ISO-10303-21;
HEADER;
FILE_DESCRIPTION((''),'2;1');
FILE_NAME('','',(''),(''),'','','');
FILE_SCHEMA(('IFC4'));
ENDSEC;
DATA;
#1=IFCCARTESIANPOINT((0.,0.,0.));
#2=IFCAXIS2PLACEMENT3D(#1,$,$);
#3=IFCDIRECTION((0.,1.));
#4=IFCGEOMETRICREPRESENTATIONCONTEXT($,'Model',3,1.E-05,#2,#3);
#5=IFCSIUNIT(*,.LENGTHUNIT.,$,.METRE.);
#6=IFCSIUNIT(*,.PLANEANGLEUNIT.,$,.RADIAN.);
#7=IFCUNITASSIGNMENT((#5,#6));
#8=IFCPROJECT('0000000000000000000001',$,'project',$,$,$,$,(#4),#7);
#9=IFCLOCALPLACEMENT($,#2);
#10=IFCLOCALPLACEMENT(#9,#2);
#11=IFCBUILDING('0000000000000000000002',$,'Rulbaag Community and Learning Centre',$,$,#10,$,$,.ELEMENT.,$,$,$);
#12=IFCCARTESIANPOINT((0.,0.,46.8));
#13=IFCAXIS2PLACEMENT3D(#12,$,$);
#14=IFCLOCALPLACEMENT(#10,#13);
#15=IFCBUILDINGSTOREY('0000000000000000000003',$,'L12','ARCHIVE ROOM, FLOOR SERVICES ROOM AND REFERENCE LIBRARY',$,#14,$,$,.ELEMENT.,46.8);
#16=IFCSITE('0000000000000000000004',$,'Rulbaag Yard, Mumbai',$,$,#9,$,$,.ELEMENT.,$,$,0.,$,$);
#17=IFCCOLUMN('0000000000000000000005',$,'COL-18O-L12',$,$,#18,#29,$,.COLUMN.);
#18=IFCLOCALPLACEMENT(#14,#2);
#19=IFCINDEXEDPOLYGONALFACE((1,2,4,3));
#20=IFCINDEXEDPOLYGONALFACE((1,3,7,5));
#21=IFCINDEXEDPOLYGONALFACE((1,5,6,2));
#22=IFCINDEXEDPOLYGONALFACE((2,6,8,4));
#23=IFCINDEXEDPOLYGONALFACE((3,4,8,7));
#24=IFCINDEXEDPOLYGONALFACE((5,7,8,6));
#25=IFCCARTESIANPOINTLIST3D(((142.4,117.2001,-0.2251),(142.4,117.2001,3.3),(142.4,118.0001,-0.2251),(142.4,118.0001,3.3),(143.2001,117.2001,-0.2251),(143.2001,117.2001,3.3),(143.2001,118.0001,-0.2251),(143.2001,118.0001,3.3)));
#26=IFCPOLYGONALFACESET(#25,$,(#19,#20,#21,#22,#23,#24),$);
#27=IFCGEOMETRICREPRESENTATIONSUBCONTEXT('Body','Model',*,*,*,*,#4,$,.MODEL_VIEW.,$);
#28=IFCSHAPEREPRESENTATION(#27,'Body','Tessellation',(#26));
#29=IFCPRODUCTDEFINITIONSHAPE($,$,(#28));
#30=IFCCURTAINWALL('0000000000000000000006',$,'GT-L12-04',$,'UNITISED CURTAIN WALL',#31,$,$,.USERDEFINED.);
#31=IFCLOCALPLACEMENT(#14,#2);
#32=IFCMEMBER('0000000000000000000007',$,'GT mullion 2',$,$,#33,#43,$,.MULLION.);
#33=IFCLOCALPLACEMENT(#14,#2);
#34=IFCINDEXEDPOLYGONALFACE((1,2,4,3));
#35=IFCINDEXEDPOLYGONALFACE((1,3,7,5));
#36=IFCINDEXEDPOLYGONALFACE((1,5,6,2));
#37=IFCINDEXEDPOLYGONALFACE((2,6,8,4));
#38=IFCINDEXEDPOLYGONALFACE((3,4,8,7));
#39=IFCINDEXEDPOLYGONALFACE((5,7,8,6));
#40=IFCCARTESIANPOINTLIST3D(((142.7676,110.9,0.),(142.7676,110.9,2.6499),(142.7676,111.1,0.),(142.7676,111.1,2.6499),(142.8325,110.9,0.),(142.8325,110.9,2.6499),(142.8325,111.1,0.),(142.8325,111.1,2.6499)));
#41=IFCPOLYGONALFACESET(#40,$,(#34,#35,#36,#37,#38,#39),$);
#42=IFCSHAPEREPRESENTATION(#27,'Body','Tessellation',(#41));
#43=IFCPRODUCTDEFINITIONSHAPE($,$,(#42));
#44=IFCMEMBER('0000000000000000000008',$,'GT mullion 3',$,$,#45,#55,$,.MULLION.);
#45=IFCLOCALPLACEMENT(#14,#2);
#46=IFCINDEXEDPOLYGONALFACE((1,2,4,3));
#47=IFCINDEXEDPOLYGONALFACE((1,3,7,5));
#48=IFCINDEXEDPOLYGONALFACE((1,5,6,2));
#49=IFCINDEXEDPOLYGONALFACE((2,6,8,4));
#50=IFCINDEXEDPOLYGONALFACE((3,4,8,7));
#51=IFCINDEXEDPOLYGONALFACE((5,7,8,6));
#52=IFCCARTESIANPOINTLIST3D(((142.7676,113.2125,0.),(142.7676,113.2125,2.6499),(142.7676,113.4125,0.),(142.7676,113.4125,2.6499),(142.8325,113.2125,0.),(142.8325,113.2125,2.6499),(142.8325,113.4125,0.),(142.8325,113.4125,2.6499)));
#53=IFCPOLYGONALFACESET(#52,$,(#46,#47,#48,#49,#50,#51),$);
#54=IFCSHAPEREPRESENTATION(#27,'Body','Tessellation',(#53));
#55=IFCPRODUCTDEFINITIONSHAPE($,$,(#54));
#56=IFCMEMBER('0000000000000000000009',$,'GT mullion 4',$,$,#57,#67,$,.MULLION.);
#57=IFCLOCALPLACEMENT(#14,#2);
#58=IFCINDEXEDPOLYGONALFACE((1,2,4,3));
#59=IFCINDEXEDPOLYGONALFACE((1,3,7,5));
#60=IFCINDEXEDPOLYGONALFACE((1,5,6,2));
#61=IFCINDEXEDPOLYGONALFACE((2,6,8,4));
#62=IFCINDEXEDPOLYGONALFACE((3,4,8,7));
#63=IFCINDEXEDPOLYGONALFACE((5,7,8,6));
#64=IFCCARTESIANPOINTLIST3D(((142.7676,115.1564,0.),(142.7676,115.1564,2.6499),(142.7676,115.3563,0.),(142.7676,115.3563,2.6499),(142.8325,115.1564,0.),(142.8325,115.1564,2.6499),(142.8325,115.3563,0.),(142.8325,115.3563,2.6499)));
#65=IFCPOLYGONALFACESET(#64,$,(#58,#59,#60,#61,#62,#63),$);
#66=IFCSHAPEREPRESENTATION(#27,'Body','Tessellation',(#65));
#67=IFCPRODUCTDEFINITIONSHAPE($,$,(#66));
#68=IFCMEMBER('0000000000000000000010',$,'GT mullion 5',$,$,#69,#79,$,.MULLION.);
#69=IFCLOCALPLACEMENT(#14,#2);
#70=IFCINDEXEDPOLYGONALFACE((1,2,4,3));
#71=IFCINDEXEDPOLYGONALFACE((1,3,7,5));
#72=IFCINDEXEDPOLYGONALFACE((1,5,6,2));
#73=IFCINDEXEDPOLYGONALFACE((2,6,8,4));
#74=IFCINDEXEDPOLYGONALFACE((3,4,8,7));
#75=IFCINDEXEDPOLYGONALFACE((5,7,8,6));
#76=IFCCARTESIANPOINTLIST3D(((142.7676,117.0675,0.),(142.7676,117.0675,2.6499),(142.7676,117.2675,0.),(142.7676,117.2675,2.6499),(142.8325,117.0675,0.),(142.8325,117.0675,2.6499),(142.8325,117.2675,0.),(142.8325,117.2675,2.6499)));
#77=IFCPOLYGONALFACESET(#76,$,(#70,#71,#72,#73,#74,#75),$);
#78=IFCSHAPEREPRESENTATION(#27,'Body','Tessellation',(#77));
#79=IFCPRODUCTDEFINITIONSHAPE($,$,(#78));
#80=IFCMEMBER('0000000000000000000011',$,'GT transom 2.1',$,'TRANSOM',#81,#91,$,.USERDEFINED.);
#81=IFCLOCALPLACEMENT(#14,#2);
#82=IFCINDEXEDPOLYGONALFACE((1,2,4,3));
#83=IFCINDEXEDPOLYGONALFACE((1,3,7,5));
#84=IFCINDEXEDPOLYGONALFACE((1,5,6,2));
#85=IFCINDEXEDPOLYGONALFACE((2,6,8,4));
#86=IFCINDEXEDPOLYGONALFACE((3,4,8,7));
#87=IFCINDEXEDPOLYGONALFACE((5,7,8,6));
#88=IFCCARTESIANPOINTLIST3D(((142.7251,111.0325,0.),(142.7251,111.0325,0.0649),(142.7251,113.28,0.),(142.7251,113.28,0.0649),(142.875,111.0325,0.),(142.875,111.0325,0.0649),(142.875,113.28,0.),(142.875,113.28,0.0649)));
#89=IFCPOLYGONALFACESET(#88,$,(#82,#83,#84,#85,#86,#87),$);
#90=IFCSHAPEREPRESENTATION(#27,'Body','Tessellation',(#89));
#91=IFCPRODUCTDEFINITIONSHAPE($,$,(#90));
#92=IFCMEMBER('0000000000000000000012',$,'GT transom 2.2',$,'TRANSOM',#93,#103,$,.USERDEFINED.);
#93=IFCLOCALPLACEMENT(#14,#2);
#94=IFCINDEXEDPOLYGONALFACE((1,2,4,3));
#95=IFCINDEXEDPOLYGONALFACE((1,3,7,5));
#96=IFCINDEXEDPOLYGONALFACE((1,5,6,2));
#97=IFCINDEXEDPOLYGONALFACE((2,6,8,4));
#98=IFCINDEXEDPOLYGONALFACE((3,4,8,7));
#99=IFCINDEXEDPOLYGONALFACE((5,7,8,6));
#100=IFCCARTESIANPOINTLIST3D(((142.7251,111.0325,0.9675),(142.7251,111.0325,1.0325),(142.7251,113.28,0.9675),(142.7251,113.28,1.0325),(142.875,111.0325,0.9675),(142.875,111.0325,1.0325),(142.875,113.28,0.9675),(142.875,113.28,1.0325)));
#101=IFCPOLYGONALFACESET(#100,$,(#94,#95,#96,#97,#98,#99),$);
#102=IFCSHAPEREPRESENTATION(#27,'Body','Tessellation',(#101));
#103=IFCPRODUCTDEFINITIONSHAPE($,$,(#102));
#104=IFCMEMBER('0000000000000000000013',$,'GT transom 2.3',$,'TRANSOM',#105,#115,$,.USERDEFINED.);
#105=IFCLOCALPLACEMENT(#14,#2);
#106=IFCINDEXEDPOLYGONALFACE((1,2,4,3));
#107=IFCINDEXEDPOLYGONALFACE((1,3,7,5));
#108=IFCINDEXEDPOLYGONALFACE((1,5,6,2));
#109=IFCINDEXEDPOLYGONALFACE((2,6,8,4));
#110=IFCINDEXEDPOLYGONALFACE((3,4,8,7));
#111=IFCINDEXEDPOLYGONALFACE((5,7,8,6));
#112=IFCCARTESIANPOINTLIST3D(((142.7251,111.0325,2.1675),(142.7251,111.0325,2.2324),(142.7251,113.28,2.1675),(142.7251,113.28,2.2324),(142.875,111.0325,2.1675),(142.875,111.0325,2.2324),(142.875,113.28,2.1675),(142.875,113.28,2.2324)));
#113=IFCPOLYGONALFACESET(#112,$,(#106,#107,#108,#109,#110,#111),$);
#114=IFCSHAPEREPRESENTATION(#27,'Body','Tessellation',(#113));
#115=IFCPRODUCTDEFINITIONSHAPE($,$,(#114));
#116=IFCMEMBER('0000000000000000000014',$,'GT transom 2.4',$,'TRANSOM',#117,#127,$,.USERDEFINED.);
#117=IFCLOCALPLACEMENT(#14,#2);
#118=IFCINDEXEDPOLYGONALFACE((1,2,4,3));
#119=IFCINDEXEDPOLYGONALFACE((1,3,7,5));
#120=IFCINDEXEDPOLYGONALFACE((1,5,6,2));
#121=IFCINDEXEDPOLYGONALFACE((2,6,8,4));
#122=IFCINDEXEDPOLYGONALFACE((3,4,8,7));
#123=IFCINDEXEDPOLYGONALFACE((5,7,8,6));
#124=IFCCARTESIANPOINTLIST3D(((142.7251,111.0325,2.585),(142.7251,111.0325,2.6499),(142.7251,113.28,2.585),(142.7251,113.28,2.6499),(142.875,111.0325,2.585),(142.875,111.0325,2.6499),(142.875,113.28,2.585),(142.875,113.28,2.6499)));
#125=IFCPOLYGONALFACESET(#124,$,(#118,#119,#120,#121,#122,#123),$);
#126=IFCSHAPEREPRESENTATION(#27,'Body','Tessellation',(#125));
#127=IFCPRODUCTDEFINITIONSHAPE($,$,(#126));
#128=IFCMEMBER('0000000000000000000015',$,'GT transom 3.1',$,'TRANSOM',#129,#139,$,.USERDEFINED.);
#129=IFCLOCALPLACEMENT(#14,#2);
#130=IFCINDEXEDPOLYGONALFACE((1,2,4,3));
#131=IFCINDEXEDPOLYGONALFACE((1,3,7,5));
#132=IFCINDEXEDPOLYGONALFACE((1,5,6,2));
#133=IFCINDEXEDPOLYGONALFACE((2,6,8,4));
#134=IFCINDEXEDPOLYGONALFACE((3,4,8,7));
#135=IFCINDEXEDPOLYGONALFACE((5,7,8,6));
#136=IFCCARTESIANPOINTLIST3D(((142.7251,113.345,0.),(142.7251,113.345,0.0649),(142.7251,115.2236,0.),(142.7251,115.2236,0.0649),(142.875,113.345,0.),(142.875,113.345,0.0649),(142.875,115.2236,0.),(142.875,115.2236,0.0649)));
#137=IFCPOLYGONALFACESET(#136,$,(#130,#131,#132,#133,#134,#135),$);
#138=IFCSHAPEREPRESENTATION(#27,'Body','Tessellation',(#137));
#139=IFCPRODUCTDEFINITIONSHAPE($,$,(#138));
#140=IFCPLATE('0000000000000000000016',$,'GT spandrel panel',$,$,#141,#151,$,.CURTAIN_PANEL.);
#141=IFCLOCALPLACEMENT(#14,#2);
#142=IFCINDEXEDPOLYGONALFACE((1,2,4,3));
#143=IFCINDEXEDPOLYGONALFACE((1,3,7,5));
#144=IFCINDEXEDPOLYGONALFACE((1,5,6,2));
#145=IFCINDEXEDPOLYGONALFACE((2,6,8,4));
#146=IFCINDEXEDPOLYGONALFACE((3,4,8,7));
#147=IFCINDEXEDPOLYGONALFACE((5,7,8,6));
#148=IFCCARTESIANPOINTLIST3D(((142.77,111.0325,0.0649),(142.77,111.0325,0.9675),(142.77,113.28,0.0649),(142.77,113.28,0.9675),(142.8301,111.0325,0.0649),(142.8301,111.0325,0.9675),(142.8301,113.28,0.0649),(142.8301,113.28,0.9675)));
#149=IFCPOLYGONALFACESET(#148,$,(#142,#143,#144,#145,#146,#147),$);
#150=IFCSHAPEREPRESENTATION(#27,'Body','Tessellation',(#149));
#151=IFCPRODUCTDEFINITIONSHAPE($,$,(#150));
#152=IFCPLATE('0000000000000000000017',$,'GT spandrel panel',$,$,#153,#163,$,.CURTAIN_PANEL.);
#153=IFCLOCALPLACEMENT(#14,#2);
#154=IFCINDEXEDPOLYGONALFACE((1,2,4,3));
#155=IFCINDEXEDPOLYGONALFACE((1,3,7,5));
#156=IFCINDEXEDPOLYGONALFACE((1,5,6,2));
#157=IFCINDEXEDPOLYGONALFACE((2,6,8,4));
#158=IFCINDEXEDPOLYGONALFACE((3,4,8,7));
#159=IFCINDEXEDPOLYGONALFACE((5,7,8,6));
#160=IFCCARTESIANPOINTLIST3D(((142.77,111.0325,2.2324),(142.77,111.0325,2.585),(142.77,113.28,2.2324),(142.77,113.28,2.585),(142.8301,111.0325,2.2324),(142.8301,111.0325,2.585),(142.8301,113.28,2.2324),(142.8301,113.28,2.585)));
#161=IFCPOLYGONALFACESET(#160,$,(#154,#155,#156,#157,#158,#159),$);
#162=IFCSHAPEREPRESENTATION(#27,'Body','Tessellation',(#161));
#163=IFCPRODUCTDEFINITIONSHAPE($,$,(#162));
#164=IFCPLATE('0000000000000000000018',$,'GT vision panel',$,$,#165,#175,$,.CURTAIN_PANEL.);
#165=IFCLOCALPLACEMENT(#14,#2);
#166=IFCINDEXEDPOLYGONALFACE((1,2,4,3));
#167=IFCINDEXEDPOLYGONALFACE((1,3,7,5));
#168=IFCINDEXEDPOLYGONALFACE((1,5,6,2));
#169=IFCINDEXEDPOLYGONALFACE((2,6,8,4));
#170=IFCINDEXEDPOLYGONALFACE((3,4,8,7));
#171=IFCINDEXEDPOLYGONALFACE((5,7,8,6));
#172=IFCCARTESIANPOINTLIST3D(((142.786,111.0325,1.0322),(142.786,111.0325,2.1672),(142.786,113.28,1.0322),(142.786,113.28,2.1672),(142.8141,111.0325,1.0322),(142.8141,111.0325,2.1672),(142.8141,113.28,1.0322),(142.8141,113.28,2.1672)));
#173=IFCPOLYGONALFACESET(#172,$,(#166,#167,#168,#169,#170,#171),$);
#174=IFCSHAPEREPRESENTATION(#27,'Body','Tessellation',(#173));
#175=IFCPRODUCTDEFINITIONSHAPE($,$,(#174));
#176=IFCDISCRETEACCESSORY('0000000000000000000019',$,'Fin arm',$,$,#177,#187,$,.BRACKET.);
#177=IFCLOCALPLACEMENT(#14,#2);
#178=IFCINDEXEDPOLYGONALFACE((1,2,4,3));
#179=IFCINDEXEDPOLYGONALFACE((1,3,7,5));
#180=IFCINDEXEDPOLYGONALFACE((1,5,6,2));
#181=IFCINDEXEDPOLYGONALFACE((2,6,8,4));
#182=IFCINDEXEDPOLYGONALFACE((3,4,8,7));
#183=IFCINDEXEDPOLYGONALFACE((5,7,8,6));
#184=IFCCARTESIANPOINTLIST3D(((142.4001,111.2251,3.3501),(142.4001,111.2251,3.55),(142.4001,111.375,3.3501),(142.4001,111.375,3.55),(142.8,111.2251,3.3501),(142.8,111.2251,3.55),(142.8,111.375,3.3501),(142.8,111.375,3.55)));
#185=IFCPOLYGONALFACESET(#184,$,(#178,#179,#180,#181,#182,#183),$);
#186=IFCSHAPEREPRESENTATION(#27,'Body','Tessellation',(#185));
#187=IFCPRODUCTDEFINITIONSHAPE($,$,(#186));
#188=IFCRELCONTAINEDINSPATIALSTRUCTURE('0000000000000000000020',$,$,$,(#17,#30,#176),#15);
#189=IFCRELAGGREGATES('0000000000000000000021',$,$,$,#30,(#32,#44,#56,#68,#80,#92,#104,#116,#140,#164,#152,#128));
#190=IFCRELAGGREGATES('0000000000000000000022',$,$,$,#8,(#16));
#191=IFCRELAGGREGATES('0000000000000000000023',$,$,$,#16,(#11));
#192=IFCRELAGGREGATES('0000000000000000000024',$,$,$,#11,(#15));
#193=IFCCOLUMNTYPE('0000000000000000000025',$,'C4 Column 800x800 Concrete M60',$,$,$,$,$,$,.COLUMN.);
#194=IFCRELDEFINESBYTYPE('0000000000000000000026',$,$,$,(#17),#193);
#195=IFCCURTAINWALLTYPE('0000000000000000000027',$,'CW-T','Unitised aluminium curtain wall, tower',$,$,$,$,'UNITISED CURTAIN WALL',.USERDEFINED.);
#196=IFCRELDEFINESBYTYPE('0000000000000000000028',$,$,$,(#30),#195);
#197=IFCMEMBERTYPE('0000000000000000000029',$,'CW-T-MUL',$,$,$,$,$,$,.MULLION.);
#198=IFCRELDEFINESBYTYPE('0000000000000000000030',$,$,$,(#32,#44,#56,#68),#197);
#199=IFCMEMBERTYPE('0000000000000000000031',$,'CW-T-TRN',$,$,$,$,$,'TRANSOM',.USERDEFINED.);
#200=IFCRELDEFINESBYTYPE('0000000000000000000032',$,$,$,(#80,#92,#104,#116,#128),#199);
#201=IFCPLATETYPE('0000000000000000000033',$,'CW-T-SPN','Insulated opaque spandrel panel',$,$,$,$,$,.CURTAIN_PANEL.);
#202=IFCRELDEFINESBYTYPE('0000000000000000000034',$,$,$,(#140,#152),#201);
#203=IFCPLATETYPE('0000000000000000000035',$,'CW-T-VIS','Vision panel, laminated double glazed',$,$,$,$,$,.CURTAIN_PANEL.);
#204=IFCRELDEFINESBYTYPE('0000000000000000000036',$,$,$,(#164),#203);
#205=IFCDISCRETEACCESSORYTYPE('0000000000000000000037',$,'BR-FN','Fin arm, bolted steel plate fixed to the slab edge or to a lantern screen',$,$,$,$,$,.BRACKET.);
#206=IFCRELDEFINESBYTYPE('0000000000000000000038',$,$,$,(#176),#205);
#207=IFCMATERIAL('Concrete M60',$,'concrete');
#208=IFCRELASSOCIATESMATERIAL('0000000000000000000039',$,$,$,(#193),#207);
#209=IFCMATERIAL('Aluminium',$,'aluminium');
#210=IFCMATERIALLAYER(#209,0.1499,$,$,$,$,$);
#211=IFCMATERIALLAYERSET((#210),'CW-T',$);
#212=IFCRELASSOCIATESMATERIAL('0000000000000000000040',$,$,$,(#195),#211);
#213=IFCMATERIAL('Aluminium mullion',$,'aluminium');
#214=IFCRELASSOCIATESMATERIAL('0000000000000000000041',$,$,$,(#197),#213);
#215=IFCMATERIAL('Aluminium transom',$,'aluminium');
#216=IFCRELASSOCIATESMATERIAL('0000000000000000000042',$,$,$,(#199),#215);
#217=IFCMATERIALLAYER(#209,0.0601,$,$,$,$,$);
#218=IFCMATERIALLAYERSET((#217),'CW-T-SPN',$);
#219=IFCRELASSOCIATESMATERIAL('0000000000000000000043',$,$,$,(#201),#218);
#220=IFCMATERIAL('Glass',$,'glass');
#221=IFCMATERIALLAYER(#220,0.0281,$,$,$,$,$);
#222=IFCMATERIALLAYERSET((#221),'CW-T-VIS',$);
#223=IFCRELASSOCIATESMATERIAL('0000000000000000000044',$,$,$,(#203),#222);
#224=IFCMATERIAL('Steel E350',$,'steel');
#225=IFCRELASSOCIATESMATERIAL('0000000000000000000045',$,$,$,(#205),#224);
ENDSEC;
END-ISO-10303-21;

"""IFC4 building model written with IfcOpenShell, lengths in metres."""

from ifc_helpers import new_model, si_unit, direction, frame, origin, origin_2d, place, context, subcontext, project, spatial, rectangle, extrude, material, layer, layer_set, material_profile, profile_set, type_object, element, aggregate, save


model = new_model("IFC4")

# Units and contexts
model_context = context("Model", 3, precision=1e-05, world=origin(), true_north=direction((0.0, 1.0)))
body_context = subcontext(model_context, "Body", "Model", "MODEL_VIEW")
ifc_project = project(units=[si_unit("LENGTHUNIT", "METRE"), si_unit("PLANEANGLEUNIT", "RADIAN")], contexts=[model_context])

# Site, building, storey
site_placement = place(None, origin())
site = spatial("IfcSite", under=ifc_project, at=site_placement, Name="Rulbaag Yard, Mumbai", CompositionType="ELEMENT", RefElevation=0.0)
building_placement = place(site_placement, origin())
building = spatial("IfcBuilding", under=site, at=building_placement, Name="Rulbaag Community and Learning Centre", CompositionType="ELEMENT")
storey_placement = place(building_placement, frame((0.0, 0.0, 46.8)))
storey = spatial("IfcBuildingStorey", under=building, at=storey_placement, Name="L12", Description="ARCHIVE ROOM, FLOOR SERVICES ROOM AND REFERENCE LIBRARY", CompositionType="ELEMENT", Elevation=46.8)

# Column
ifc_material_1 = material(Name="Concrete M60", Category="concrete")
ifc_material_profile_1 = material_profile(ifc_material_1, rectangle(XDim=0.8, YDim=0.8, at=origin_2d()), Name="RC800x800")
ifc_profile_set_1 = profile_set([ifc_material_profile_1], Name="Concrete M60")
column_type = type_object("IfcColumnType", Name="C4 Column 800x800 Concrete M60", PredefinedType="COLUMN", material=ifc_profile_set_1)
column_placement = place(storey_placement, frame((142.8, 117.6001, -0.2251), z_axis=(0.0, 0.0, 1.0), x_axis=(1.0, 0.0, 0.0)))
element("IfcColumn", 1, at=column_placement, inside=storey, type_object=column_type, Name="COL-18O-L12", PredefinedType="COLUMN", context=body_context, shape_type="SweptSolid", body=[
    extrude(rectangle(XDim=0.8, YDim=0.8, at=origin_2d()), origin(), (0.0, 0.0, 1.0), 3.5251),
])

# Curtain wall, members, plates
ifc_material_2 = material(Name="Aluminium", Category="aluminium")
ifc_layer_1 = layer(ifc_material_2, 0.1499)
ifc_layer_set_1 = layer_set([ifc_layer_1], Name="CW-T")
curtain_wall_type = type_object("IfcCurtainWallType", Name="CW-T", Description="Unitised aluminium curtain wall, tower", ElementType="UNITISED CURTAIN WALL", PredefinedType="USERDEFINED", material=ifc_layer_set_1)
curtain_wall_placement = place(storey_placement, origin())
curtain_wall = element("IfcCurtainWall", 2, at=curtain_wall_placement, inside=storey, type_object=curtain_wall_type, Name="GT-L12-04", ObjectType="UNITISED CURTAIN WALL", PredefinedType="USERDEFINED")
ifc_material_3 = material(Name="Aluminium mullion", Category="aluminium")
ifc_material_profile_2 = material_profile(ifc_material_3, rectangle(XDim=0.0649, YDim=0.2, at=origin_2d()), Name="AL 65x200")
ifc_profile_set_2 = profile_set([ifc_material_profile_2], Name="Aluminium mullion")
member_type_1 = type_object("IfcMemberType", Name="CW-T-MUL", PredefinedType="MULLION", material=ifc_profile_set_2)
member_1_placement = place(storey_placement, frame((142.8, 111.0, 0.0), z_axis=(0.0, 0.0, 1.0), x_axis=(-1.0, 0.0, 0.0)))
member_1 = element("IfcMember", 3, at=member_1_placement, type_object=member_type_1, Name="GT mullion 2", PredefinedType="MULLION", context=body_context, shape_type="SweptSolid", body=[
    extrude(rectangle(XDim=0.0649, YDim=0.2, at=origin_2d()), origin(), (0.0, 0.0, 1.0), 2.6499),
])
member_2_placement = place(storey_placement, frame((142.8, 113.3125, 0.0), z_axis=(0.0, 0.0, 1.0), x_axis=(-1.0, 0.0, 0.0)))
member_2 = element("IfcMember", 4, at=member_2_placement, type_object=member_type_1, Name="GT mullion 3", PredefinedType="MULLION", context=body_context, shape_type="SweptSolid", body=[
    extrude(rectangle(XDim=0.0649, YDim=0.2, at=origin_2d()), origin(), (0.0, 0.0, 1.0), 2.6499),
])
member_3_placement = place(storey_placement, frame((142.8, 115.2563, 0.0), z_axis=(0.0, 0.0, 1.0), x_axis=(-1.0, 0.0, 0.0)))
member_3 = element("IfcMember", 5, at=member_3_placement, type_object=member_type_1, Name="GT mullion 4", PredefinedType="MULLION", context=body_context, shape_type="SweptSolid", body=[
    extrude(rectangle(XDim=0.0649, YDim=0.2, at=origin_2d()), origin(), (0.0, 0.0, 1.0), 2.6499),
])
member_4_placement = place(storey_placement, frame((142.8, 117.1675, 0.0), z_axis=(0.0, 0.0, 1.0), x_axis=(-1.0, 0.0, 0.0)))
member_4 = element("IfcMember", 6, at=member_4_placement, type_object=member_type_1, Name="GT mullion 5", PredefinedType="MULLION", context=body_context, shape_type="SweptSolid", body=[
    extrude(rectangle(XDim=0.0649, YDim=0.2, at=origin_2d()), origin(), (0.0, 0.0, 1.0), 2.6499),
])
ifc_material_4 = material(Name="Aluminium transom", Category="aluminium")
ifc_material_profile_3 = material_profile(ifc_material_4, rectangle(XDim=0.1499, YDim=0.0649, at=origin_2d()), Name="AL 65x150 T")
ifc_profile_set_3 = profile_set([ifc_material_profile_3], Name="Aluminium transom")
member_type_2 = type_object("IfcMemberType", Name="CW-T-TRN", ElementType="TRANSOM", PredefinedType="USERDEFINED", material=ifc_profile_set_3)
member_5_placement = place(storey_placement, frame((142.8, 111.0325, 0.0325), z_axis=(0.0, 1.0, 0.0), x_axis=(-1.0, 0.0, 0.0)))
member_5 = element("IfcMember", 7, at=member_5_placement, type_object=member_type_2, Name="GT transom 2.1", ObjectType="TRANSOM", PredefinedType="USERDEFINED", context=body_context, shape_type="SweptSolid", body=[
    extrude(rectangle(XDim=0.1499, YDim=0.0649, at=origin_2d()), origin(), (0.0, 0.0, 1.0), 2.2476),
])
member_6_placement = place(storey_placement, frame((142.8, 111.0325, 1.0), z_axis=(0.0, 1.0, 0.0), x_axis=(-1.0, 0.0, 0.0)))
member_6 = element("IfcMember", 8, at=member_6_placement, type_object=member_type_2, Name="GT transom 2.2", ObjectType="TRANSOM", PredefinedType="USERDEFINED", context=body_context, shape_type="SweptSolid", body=[
    extrude(rectangle(XDim=0.1499, YDim=0.0649, at=origin_2d()), origin(), (0.0, 0.0, 1.0), 2.2476),
])
member_7_placement = place(storey_placement, frame((142.8, 111.0325, 2.2), z_axis=(0.0, 1.0, 0.0), x_axis=(-1.0, 0.0, 0.0)))
member_7 = element("IfcMember", 9, at=member_7_placement, type_object=member_type_2, Name="GT transom 2.3", ObjectType="TRANSOM", PredefinedType="USERDEFINED", context=body_context, shape_type="SweptSolid", body=[
    extrude(rectangle(XDim=0.1499, YDim=0.0649, at=origin_2d()), origin(), (0.0, 0.0, 1.0), 2.2476),
])
member_8_placement = place(storey_placement, frame((142.8, 111.0325, 2.6174), z_axis=(0.0, 1.0, 0.0), x_axis=(-1.0, 0.0, 0.0)))
member_8 = element("IfcMember", 10, at=member_8_placement, type_object=member_type_2, Name="GT transom 2.4", ObjectType="TRANSOM", PredefinedType="USERDEFINED", context=body_context, shape_type="SweptSolid", body=[
    extrude(rectangle(XDim=0.1499, YDim=0.0649, at=origin_2d()), origin(), (0.0, 0.0, 1.0), 2.2476),
])
member_9_placement = place(storey_placement, frame((142.8, 113.345, 0.0325), z_axis=(0.0, 1.0, 0.0), x_axis=(-1.0, 0.0, 0.0)))
member_9 = element("IfcMember", 11, at=member_9_placement, type_object=member_type_2, Name="GT transom 3.1", ObjectType="TRANSOM", PredefinedType="USERDEFINED", context=body_context, shape_type="SweptSolid", body=[
    extrude(rectangle(XDim=0.1499, YDim=0.0649, at=origin_2d()), origin(), (0.0, 0.0, 1.0), 1.8787),
])
ifc_layer_2 = layer(ifc_material_2, 0.0601)
ifc_layer_set_2 = layer_set([ifc_layer_2], Name="CW-T-SPN")
plate_type_1 = type_object("IfcPlateType", Name="CW-T-SPN", Description="Insulated opaque spandrel panel", PredefinedType="CURTAIN_PANEL", material=ifc_layer_set_2)
plate_1_placement = place(storey_placement, frame((142.8, 112.1562, 0.0649), z_axis=(0.0, 0.0, 1.0), x_axis=(0.0, 1.0, 0.0)))
plate_1 = element("IfcPlate", 12, at=plate_1_placement, type_object=plate_type_1, Name="GT spandrel panel", PredefinedType="CURTAIN_PANEL", context=body_context, shape_type="SweptSolid", body=[
    extrude(rectangle(XDim=2.2476, YDim=0.0601, at=origin_2d()), origin(), (0.0, 0.0, 1.0), 0.9026),
])
plate_2_placement = place(storey_placement, frame((142.8, 112.1562, 2.2324), z_axis=(0.0, 0.0, 1.0), x_axis=(0.0, 1.0, 0.0)))
plate_2 = element("IfcPlate", 13, at=plate_2_placement, type_object=plate_type_1, Name="GT spandrel panel", PredefinedType="CURTAIN_PANEL", context=body_context, shape_type="SweptSolid", body=[
    extrude(rectangle(XDim=2.2476, YDim=0.0601, at=origin_2d()), origin(), (0.0, 0.0, 1.0), 0.3525),
])
ifc_material_5 = material(Name="Glass", Category="glass")
ifc_layer_3 = layer(ifc_material_5, 0.0281)
ifc_layer_set_3 = layer_set([ifc_layer_3], Name="CW-T-VIS")
plate_type_2 = type_object("IfcPlateType", Name="CW-T-VIS", Description="Vision panel, laminated double glazed", PredefinedType="CURTAIN_PANEL", material=ifc_layer_set_3)
plate_3_placement = place(storey_placement, frame((142.8, 112.1562, 1.0322), z_axis=(0.0, 0.0, 1.0), x_axis=(0.0, 1.0, 0.0)))
plate_3 = element("IfcPlate", 14, at=plate_3_placement, type_object=plate_type_2, Name="GT vision panel", PredefinedType="CURTAIN_PANEL", context=body_context, shape_type="SweptSolid", body=[
    extrude(rectangle(XDim=2.2476, YDim=0.0281, at=origin_2d()), origin(), (0.0, 0.0, 1.0), 1.135),
])
aggregate(curtain_wall, [member_1, member_2, member_3, member_4, member_5, member_6, member_7, member_8, plate_1, plate_3, plate_2, member_9])

# Discrete accessory
ifc_material_6 = material(Name="Steel E350", Category="steel")
discrete_accessory_type = type_object("IfcDiscreteAccessoryType", Name="BR-FN", Description="Fin arm, bolted steel plate fixed to the slab edge or to a lantern screen", PredefinedType="BRACKET", material=ifc_material_6)
for number, where, z_axis, x_axis, name in (
    (15, (142.6001, 111.3, 3.3501), (0.0, 0.0, 1.0), (1.0, 0.0, 0.0), "Fin arm"),
):
    element("IfcDiscreteAccessory", number, at=place(storey_placement, frame(where, z_axis=z_axis, x_axis=x_axis)), inside=storey, type_object=discrete_accessory_type, Name=name, PredefinedType="BRACKET", context=body_context, shape_type="SweptSolid", body=[
        extrude(rectangle(XDim=0.3999, YDim=0.1499, at=origin_2d()), origin(), (0.0, 0.0, 1.0), 0.2),
    ])

save(model, "model.ifc")
